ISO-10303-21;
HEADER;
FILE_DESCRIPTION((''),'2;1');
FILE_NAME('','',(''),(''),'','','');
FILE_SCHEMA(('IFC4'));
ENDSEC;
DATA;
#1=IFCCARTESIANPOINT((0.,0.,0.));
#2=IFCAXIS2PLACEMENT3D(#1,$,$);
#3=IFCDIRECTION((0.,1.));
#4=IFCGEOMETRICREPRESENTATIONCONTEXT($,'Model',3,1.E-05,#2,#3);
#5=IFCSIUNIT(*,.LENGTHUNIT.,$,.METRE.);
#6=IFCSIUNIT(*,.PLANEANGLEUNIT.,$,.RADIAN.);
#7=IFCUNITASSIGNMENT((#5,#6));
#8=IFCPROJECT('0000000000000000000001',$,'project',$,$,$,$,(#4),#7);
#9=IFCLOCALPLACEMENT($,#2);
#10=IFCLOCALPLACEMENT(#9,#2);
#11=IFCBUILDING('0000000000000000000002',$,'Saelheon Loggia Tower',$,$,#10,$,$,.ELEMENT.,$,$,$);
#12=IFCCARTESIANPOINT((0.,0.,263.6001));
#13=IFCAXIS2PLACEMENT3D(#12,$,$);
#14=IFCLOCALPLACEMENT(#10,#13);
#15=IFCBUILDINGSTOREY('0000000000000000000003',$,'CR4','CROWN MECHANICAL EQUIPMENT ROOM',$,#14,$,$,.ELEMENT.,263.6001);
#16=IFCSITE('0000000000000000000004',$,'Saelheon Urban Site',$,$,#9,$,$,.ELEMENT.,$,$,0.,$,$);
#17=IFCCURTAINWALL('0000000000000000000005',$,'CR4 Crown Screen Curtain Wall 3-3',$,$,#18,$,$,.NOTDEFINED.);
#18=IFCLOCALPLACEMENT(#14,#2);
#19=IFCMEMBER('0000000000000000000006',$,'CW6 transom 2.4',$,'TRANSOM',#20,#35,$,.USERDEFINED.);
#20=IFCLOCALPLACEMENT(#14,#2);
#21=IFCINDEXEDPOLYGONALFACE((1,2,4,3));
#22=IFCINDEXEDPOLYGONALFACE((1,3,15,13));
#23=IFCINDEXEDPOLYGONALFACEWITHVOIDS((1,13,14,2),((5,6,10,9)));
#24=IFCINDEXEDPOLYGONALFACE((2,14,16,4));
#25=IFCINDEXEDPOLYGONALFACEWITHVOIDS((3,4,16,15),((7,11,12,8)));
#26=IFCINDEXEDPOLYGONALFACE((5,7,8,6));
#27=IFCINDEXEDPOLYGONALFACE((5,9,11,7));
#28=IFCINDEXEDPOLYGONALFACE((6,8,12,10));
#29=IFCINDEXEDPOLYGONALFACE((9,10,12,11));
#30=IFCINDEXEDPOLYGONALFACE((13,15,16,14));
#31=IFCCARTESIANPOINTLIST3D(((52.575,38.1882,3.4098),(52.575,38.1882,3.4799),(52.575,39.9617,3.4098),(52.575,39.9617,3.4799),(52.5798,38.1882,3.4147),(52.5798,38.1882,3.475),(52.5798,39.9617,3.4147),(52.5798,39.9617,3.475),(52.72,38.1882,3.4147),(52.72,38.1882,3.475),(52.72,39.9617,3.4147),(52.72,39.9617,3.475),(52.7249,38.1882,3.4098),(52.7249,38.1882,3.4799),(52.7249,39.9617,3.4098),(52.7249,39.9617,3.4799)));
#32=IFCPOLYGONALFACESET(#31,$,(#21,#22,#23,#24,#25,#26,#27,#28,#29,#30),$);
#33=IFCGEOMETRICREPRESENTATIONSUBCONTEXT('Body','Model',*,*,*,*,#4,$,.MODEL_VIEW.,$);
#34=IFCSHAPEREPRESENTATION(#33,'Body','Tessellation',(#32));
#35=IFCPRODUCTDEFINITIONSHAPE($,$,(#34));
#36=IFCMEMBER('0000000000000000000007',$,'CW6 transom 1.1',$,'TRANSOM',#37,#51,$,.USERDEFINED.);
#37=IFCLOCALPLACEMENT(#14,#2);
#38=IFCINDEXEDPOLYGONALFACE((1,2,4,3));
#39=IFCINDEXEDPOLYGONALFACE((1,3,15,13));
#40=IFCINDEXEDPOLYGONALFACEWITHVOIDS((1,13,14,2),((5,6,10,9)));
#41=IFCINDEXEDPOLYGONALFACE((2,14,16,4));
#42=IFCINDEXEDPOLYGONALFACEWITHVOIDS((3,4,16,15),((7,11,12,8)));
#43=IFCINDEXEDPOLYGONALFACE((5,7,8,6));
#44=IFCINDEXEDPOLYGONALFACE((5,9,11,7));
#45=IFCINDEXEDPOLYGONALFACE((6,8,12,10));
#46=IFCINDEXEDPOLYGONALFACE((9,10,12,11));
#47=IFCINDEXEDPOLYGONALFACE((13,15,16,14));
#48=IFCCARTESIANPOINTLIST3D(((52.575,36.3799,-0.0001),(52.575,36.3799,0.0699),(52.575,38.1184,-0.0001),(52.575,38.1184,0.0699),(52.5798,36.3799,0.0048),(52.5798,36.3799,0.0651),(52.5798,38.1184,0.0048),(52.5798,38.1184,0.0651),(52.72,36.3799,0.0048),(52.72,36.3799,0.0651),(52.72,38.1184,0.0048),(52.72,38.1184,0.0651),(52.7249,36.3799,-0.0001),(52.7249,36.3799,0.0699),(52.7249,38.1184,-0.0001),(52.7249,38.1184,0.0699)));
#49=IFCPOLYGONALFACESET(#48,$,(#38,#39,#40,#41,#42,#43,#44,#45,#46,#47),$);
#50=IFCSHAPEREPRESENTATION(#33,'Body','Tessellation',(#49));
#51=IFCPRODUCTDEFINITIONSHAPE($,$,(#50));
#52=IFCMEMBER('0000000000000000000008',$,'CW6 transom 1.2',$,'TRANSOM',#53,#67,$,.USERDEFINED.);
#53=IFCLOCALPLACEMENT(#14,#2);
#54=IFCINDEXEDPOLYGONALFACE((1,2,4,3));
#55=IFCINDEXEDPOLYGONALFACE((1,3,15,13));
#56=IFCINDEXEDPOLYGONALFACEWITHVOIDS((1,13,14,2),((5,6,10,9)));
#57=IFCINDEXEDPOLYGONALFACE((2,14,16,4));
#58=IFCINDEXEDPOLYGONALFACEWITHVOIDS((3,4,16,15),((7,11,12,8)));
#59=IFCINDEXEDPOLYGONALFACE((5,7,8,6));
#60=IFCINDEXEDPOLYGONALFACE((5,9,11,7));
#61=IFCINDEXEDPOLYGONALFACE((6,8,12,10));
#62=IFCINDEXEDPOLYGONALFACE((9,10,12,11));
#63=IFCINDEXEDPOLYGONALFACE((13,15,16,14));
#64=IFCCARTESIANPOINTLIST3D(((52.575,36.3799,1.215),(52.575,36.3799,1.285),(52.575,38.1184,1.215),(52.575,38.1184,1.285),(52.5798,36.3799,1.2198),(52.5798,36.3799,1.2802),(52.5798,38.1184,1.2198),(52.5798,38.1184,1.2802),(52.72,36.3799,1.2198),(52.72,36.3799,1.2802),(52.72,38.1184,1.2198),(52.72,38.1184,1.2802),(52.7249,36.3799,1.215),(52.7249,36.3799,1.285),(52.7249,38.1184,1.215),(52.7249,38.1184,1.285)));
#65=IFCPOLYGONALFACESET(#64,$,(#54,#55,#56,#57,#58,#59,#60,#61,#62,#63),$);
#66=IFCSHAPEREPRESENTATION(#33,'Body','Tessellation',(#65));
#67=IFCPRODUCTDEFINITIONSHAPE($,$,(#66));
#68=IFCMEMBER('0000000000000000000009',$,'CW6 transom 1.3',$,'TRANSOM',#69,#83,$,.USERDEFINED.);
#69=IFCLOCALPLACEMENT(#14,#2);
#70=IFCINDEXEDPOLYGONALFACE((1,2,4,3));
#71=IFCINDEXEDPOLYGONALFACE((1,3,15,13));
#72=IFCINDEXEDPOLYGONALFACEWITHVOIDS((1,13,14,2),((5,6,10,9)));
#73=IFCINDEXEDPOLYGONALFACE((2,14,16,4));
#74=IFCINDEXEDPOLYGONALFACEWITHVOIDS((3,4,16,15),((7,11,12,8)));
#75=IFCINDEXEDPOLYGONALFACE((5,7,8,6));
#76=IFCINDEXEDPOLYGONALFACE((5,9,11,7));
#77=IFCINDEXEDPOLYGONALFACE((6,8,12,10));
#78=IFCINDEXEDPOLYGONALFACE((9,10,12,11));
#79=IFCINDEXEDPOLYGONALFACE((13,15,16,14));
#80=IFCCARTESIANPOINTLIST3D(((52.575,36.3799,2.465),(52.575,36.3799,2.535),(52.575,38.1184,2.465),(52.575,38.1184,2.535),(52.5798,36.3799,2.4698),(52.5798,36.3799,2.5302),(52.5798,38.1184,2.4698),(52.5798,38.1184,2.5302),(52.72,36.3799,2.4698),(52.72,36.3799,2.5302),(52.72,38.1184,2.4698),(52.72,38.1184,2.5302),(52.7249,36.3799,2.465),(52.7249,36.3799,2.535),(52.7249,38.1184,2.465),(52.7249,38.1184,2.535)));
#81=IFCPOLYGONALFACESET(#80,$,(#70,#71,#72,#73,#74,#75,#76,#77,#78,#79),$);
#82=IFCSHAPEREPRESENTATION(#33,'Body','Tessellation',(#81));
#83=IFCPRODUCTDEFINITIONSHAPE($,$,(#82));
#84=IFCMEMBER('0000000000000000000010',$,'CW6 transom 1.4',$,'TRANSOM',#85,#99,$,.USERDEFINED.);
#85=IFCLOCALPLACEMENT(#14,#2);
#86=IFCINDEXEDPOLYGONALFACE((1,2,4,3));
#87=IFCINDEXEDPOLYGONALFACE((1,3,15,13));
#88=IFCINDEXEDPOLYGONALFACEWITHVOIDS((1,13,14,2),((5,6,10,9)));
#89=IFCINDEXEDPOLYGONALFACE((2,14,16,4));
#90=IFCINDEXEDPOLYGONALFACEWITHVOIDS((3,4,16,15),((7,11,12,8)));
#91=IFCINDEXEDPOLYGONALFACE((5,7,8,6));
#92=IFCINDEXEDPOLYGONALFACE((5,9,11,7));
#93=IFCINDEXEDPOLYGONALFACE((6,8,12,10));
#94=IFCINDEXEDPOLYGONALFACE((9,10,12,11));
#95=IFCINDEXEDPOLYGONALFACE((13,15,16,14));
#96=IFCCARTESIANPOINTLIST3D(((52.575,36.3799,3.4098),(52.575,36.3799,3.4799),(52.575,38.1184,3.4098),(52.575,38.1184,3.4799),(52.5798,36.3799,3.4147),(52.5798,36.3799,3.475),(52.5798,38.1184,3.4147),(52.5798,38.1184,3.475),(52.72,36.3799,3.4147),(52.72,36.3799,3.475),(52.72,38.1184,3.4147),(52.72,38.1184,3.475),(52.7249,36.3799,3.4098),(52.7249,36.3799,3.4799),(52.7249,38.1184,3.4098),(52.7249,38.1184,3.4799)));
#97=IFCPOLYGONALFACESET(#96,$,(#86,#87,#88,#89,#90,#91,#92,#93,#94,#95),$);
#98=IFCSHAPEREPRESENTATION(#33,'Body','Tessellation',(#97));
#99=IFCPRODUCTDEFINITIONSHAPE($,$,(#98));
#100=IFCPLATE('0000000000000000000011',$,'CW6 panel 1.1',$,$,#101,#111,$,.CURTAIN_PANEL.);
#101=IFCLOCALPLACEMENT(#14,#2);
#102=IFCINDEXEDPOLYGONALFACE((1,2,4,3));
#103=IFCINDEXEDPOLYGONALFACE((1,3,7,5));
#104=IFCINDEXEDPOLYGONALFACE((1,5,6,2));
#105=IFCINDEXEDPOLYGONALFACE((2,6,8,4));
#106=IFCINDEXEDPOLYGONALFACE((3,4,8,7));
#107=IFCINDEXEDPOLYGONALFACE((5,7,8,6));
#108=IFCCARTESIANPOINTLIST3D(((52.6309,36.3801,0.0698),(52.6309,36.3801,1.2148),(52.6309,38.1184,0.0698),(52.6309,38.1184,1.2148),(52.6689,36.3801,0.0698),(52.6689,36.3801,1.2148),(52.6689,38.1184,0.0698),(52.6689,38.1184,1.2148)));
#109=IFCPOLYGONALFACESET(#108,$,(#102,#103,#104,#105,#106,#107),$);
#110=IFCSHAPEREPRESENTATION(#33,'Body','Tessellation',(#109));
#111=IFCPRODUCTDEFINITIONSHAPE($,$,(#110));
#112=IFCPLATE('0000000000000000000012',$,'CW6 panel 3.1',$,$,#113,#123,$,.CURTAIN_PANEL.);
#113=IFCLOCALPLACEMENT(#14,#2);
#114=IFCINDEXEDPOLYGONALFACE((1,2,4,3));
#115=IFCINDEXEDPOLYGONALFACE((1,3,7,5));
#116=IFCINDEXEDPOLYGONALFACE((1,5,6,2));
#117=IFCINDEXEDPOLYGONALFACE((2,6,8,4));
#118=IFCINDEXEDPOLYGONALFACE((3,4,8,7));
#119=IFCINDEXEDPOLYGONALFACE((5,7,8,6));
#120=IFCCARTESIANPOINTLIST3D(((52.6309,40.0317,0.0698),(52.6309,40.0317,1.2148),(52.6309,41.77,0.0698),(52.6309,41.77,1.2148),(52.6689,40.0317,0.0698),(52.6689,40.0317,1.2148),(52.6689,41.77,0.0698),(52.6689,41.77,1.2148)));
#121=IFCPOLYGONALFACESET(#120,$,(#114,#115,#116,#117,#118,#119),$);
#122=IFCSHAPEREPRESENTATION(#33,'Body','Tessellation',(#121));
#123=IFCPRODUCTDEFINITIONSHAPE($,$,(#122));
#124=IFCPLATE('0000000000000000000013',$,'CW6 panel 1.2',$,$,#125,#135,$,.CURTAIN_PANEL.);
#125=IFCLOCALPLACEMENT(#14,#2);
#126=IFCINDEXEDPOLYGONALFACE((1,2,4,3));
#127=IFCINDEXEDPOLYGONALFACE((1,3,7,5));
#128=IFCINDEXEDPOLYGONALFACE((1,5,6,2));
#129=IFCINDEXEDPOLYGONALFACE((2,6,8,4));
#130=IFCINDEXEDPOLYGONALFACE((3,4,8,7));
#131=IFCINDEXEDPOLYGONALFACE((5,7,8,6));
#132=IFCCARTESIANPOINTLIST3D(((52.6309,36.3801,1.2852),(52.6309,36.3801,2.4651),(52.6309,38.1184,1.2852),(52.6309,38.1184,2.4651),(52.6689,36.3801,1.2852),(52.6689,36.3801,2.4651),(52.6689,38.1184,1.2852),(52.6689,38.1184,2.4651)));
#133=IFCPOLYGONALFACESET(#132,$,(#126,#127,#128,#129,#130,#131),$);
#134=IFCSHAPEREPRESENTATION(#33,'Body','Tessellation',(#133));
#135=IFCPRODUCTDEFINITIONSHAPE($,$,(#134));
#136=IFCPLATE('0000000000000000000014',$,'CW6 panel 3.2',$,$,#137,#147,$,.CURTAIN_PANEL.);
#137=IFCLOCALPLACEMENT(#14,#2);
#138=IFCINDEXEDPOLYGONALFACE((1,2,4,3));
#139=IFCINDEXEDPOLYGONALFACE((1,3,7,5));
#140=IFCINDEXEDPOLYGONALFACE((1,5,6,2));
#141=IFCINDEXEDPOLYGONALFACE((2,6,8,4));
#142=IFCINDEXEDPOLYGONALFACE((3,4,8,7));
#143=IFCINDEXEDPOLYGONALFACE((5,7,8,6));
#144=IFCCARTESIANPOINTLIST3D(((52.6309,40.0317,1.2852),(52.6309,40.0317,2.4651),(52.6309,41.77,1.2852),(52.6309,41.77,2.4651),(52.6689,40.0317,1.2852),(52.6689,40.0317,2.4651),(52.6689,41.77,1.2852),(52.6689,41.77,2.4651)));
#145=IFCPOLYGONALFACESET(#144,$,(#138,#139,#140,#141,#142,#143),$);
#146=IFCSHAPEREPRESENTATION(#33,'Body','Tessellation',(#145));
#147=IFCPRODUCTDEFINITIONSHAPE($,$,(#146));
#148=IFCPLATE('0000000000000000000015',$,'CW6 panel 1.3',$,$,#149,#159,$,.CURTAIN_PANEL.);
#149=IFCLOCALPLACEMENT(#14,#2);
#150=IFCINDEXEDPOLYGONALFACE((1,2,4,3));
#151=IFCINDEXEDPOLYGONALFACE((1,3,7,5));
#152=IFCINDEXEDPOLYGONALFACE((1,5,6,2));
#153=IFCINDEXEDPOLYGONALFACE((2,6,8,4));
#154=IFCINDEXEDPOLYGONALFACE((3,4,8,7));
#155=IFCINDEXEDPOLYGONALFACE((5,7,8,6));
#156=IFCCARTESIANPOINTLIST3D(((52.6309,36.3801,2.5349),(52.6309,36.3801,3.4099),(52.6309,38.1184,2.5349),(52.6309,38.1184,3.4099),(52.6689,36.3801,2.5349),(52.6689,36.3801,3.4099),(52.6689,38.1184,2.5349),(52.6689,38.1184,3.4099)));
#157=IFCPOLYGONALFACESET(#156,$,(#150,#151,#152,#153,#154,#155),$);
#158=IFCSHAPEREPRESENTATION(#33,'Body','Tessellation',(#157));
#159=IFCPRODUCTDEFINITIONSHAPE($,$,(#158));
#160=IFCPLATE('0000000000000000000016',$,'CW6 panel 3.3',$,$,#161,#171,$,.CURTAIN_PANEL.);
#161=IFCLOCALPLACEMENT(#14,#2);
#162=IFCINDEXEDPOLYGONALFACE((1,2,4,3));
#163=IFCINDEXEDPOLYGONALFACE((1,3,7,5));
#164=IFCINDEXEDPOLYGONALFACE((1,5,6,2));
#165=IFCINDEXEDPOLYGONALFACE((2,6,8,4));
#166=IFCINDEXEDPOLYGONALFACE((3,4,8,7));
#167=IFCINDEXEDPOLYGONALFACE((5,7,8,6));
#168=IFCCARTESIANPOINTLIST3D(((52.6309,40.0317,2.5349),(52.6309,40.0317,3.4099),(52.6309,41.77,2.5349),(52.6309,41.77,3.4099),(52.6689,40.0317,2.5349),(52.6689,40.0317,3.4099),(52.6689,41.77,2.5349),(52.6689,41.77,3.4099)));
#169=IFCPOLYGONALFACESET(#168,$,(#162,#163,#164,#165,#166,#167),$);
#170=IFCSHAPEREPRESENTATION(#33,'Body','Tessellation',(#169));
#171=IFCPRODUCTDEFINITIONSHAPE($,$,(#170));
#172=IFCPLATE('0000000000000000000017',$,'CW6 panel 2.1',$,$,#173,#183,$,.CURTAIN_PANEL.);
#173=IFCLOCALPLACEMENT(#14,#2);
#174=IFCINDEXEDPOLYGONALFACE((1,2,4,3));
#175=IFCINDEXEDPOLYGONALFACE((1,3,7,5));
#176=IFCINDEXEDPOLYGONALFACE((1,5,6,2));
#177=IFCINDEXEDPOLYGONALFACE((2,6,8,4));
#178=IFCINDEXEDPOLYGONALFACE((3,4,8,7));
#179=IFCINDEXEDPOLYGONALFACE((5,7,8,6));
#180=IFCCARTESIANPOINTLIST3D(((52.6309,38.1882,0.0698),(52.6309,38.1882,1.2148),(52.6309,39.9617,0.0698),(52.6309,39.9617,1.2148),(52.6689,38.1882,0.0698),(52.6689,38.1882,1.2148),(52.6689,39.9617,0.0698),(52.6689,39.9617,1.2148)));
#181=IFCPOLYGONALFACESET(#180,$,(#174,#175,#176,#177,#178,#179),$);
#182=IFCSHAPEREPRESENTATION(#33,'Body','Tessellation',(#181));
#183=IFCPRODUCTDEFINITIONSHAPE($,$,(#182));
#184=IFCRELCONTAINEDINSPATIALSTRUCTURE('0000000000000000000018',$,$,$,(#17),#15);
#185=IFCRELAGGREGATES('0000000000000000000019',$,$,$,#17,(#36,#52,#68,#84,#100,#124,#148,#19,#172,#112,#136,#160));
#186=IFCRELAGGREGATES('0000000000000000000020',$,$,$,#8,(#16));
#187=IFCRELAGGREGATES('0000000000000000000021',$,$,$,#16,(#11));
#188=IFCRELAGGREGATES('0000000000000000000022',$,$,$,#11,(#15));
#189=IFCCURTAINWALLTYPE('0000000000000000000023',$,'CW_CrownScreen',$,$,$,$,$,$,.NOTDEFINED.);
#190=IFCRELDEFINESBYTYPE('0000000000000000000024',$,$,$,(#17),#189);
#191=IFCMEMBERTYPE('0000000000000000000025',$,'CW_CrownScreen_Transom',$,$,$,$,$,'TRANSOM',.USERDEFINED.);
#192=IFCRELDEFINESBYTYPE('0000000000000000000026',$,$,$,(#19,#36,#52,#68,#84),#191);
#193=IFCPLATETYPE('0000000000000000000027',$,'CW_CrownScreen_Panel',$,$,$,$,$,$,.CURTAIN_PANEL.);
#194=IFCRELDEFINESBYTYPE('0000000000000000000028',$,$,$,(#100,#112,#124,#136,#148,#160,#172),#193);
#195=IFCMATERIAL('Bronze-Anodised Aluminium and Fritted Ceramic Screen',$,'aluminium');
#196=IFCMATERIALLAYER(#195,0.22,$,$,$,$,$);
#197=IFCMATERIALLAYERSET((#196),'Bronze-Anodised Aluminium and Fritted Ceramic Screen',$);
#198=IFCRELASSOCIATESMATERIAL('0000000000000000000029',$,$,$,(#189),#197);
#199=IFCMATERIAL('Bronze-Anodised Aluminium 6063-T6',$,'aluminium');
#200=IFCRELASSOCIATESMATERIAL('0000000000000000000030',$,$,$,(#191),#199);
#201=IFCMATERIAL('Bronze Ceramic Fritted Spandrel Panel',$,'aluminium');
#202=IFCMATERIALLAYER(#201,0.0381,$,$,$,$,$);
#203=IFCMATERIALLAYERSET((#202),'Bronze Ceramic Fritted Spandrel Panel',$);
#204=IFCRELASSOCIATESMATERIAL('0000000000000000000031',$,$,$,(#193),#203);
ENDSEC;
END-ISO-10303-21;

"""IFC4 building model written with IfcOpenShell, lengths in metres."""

from ifc_helpers import new_model, si_unit, direction, frame, origin, origin_2d, place, context, subcontext, project, spatial, rectangle, hollow_rectangle, extrude, source, transform, mapped, material, layer, layer_set, material_profile, profile_set, type_object, element, aggregate, save


model = new_model("IFC4")

# Units and contexts
model_context = context("Model", 3, precision=1e-05, world=origin(), true_north=direction((0.0, 1.0)))
body_context = subcontext(model_context, "Body", "Model", "MODEL_VIEW")
ifc_project = project(units=[si_unit("LENGTHUNIT", "METRE"), si_unit("PLANEANGLEUNIT", "RADIAN")], contexts=[model_context])

# Site, building, storey
site_placement = place(None, origin())
site = spatial("IfcSite", under=ifc_project, at=site_placement, Name="Saelheon Urban Site", CompositionType="ELEMENT", RefElevation=0.0)
building_placement = place(site_placement, origin())
building = spatial("IfcBuilding", under=site, at=building_placement, Name="Saelheon Loggia Tower", CompositionType="ELEMENT")
storey_placement = place(building_placement, frame((0.0, 0.0, 263.6001)))
storey = spatial("IfcBuildingStorey", under=building, at=storey_placement, Name="CR4", Description="CROWN MECHANICAL EQUIPMENT ROOM", CompositionType="ELEMENT", Elevation=263.6001)

# Curtain wall, members, plates
ifc_material_1 = material(Name="Bronze-Anodised Aluminium and Fritted Ceramic Screen", Category="aluminium")
ifc_layer_1 = layer(ifc_material_1, 0.22)
ifc_layer_set_1 = layer_set([ifc_layer_1], Name="Bronze-Anodised Aluminium and Fritted Ceramic Screen")
curtain_wall_type = type_object("IfcCurtainWallType", Name="CW_CrownScreen", PredefinedType="NOTDEFINED", material=ifc_layer_set_1)
curtain_wall_placement = place(storey_placement, origin())
curtain_wall = element("IfcCurtainWall", 1, at=curtain_wall_placement, inside=storey, type_object=curtain_wall_type, Name="CR4 Crown Screen Curtain Wall 3-3", PredefinedType="NOTDEFINED")
ifc_material_2 = material(Name="Bronze-Anodised Aluminium 6063-T6", Category="aluminium")
ifc_material_profile_1 = material_profile(ifc_material_2, hollow_rectangle(XDim=0.0701, YDim=0.1499, WallThickness=0.0049, at=origin_2d()), Name="RHS-150x70x5")
ifc_profile_set_1 = profile_set([ifc_material_profile_1], Name="Bronze-Anodised Aluminium 6063-T6")
member_type_1 = type_object("IfcMemberType", Name="CW_CrownScreen_Transom", ElementType="TRANSOM", PredefinedType="USERDEFINED", material=ifc_profile_set_1)
shared_shape_1 = source(origin(), body_context, "Body", "SweptSolid", [
    extrude(hollow_rectangle(XDim=0.0701, YDim=0.1499, WallThickness=0.0049, at=origin_2d()), origin(), (0.0, 0.0, 1.0), 1.7734),
])
member_1_placement = place(storey_placement, frame((52.6499, 38.1882, 3.4448), z_axis=(0.0, 1.0, 0.0), x_axis=(0.0, 0.0, 1.0)))
member_1 = element("IfcMember", 2, at=member_1_placement, type_object=member_type_1, Name="CW6 transom 2.4", ObjectType="TRANSOM", PredefinedType="USERDEFINED", context=body_context, shape_type="MappedRepresentation", body=[
    mapped(shared_shape_1, transform((0.0, 0.0, 0.0), scale=1.0)),
])
shared_shape_2 = source(origin(), body_context, "Body", "SweptSolid", [
    extrude(hollow_rectangle(XDim=0.0701, YDim=0.1499, WallThickness=0.0049, at=origin_2d()), origin(), (0.0, 0.0, 1.0), 1.7385),
])
member_2_placement = place(storey_placement, frame((52.6499, 36.3799, 0.0349), z_axis=(0.0, 1.0, 0.0), x_axis=(0.0, 0.0, 1.0)))
member_2 = element("IfcMember", 3, at=member_2_placement, type_object=member_type_1, Name="CW6 transom 1.1", ObjectType="TRANSOM", PredefinedType="USERDEFINED", context=body_context, shape_type="MappedRepresentation", body=[
    mapped(shared_shape_2, transform((0.0, 0.0, 0.0), scale=1.0)),
])
member_3_placement = place(storey_placement, frame((52.6499, 36.3799, 1.25), z_axis=(0.0, 1.0, 0.0), x_axis=(0.0, 0.0, 1.0)))
member_3 = element("IfcMember", 4, at=member_3_placement, type_object=member_type_1, Name="CW6 transom 1.2", ObjectType="TRANSOM", PredefinedType="USERDEFINED", context=body_context, shape_type="MappedRepresentation", body=[
    mapped(shared_shape_2, transform((0.0, 0.0, 0.0), scale=1.0)),
])
member_4_placement = place(storey_placement, frame((52.6499, 36.3799, 2.5), z_axis=(0.0, 1.0, 0.0), x_axis=(0.0, 0.0, 1.0)))
member_4 = element("IfcMember", 5, at=member_4_placement, type_object=member_type_1, Name="CW6 transom 1.3", ObjectType="TRANSOM", PredefinedType="USERDEFINED", context=body_context, shape_type="MappedRepresentation", body=[
    mapped(shared_shape_2, transform((0.0, 0.0, 0.0), scale=1.0)),
])
member_5_placement = place(storey_placement, frame((52.6499, 36.3799, 3.4448), z_axis=(0.0, 1.0, 0.0), x_axis=(0.0, 0.0, 1.0)))
member_5 = element("IfcMember", 6, at=member_5_placement, type_object=member_type_1, Name="CW6 transom 1.4", ObjectType="TRANSOM", PredefinedType="USERDEFINED", context=body_context, shape_type="MappedRepresentation", body=[
    mapped(shared_shape_2, transform((0.0, 0.0, 0.0), scale=1.0)),
])
ifc_material_3 = material(Name="Bronze Ceramic Fritted Spandrel Panel", Category="aluminium")
ifc_layer_2 = layer(ifc_material_3, 0.0381)
ifc_layer_set_2 = layer_set([ifc_layer_2], Name="Bronze Ceramic Fritted Spandrel Panel")
plate_type = type_object("IfcPlateType", Name="CW_CrownScreen_Panel", PredefinedType="CURTAIN_PANEL", material=ifc_layer_set_2)
shared_shape_3 = source(origin(), body_context, "Body", "SweptSolid", [
    extrude(rectangle(XDim=1.7383, YDim=0.0381, at=origin_2d()), origin(), (0.0, 0.0, 1.0), 1.145),
])
plate_1_placement = place(storey_placement, frame((52.6499, 37.2493, 0.0698), z_axis=(0.0, 0.0, 1.0), x_axis=(0.0, 1.0, 0.0)))
plate_1 = element("IfcPlate", 7, at=plate_1_placement, type_object=plate_type, Name="CW6 panel 1.1", PredefinedType="CURTAIN_PANEL", context=body_context, shape_type="MappedRepresentation", body=[
    mapped(shared_shape_3, transform((0.0, 0.0, 0.0), scale=1.0)),
])
plate_2_placement = place(storey_placement, frame((52.6499, 40.9009, 0.0698), z_axis=(0.0, 0.0, 1.0), x_axis=(0.0, 1.0, 0.0)))
plate_2 = element("IfcPlate", 8, at=plate_2_placement, type_object=plate_type, Name="CW6 panel 3.1", PredefinedType="CURTAIN_PANEL", context=body_context, shape_type="MappedRepresentation", body=[
    mapped(shared_shape_3, transform((0.0, 0.0, 0.0), scale=1.0)),
])
shared_shape_4 = source(origin(), body_context, "Body", "SweptSolid", [
    extrude(rectangle(XDim=1.7383, YDim=0.0381, at=origin_2d()), origin(), (0.0, 0.0, 1.0), 1.1799),
])
plate_3_placement = place(storey_placement, frame((52.6499, 37.2493, 1.2852), z_axis=(0.0, 0.0, 1.0), x_axis=(0.0, 1.0, 0.0)))
plate_3 = element("IfcPlate", 9, at=plate_3_placement, type_object=plate_type, Name="CW6 panel 1.2", PredefinedType="CURTAIN_PANEL", context=body_context, shape_type="MappedRepresentation", body=[
    mapped(shared_shape_4, transform((0.0, 0.0, 0.0), scale=1.0)),
])
plate_4_placement = place(storey_placement, frame((52.6499, 40.9009, 1.2852), z_axis=(0.0, 0.0, 1.0), x_axis=(0.0, 1.0, 0.0)))
plate_4 = element("IfcPlate", 10, at=plate_4_placement, type_object=plate_type, Name="CW6 panel 3.2", PredefinedType="CURTAIN_PANEL", context=body_context, shape_type="MappedRepresentation", body=[
    mapped(shared_shape_4, transform((0.0, 0.0, 0.0), scale=1.0)),
])
shared_shape_5 = source(origin(), body_context, "Body", "SweptSolid", [
    extrude(rectangle(XDim=1.7383, YDim=0.0381, at=origin_2d()), origin(), (0.0, 0.0, 1.0), 0.875),
])
plate_5_placement = place(storey_placement, frame((52.6499, 37.2493, 2.5349), z_axis=(0.0, 0.0, 1.0), x_axis=(0.0, 1.0, 0.0)))
plate_5 = element("IfcPlate", 11, at=plate_5_placement, type_object=plate_type, Name="CW6 panel 1.3", PredefinedType="CURTAIN_PANEL", context=body_context, shape_type="MappedRepresentation", body=[
    mapped(shared_shape_5, transform((0.0, 0.0, 0.0), scale=1.0)),
])
plate_6_placement = place(storey_placement, frame((52.6499, 40.9009, 2.5349), z_axis=(0.0, 0.0, 1.0), x_axis=(0.0, 1.0, 0.0)))
plate_6 = element("IfcPlate", 12, at=plate_6_placement, type_object=plate_type, Name="CW6 panel 3.3", PredefinedType="CURTAIN_PANEL", context=body_context, shape_type="MappedRepresentation", body=[
    mapped(shared_shape_5, transform((0.0, 0.0, 0.0), scale=1.0)),
])
shared_shape_6 = source(origin(), body_context, "Body", "SweptSolid", [
    extrude(rectangle(XDim=1.7734, YDim=0.0381, at=origin_2d()), origin(), (0.0, 0.0, 1.0), 1.145),
])
plate_7_placement = place(storey_placement, frame((52.6499, 39.075, 0.0698), z_axis=(0.0, 0.0, 1.0), x_axis=(0.0, 1.0, 0.0)))
plate_7 = element("IfcPlate", 13, at=plate_7_placement, type_object=plate_type, Name="CW6 panel 2.1", PredefinedType="CURTAIN_PANEL", context=body_context, shape_type="MappedRepresentation", body=[
    mapped(shared_shape_6, transform((0.0, 0.0, 0.0), scale=1.0)),
])
aggregate(curtain_wall, [member_2, member_3, member_4, member_5, plate_1, plate_3, plate_5, member_1, plate_7, plate_2, plate_4, plate_6])

save(model, "model.ifc")
